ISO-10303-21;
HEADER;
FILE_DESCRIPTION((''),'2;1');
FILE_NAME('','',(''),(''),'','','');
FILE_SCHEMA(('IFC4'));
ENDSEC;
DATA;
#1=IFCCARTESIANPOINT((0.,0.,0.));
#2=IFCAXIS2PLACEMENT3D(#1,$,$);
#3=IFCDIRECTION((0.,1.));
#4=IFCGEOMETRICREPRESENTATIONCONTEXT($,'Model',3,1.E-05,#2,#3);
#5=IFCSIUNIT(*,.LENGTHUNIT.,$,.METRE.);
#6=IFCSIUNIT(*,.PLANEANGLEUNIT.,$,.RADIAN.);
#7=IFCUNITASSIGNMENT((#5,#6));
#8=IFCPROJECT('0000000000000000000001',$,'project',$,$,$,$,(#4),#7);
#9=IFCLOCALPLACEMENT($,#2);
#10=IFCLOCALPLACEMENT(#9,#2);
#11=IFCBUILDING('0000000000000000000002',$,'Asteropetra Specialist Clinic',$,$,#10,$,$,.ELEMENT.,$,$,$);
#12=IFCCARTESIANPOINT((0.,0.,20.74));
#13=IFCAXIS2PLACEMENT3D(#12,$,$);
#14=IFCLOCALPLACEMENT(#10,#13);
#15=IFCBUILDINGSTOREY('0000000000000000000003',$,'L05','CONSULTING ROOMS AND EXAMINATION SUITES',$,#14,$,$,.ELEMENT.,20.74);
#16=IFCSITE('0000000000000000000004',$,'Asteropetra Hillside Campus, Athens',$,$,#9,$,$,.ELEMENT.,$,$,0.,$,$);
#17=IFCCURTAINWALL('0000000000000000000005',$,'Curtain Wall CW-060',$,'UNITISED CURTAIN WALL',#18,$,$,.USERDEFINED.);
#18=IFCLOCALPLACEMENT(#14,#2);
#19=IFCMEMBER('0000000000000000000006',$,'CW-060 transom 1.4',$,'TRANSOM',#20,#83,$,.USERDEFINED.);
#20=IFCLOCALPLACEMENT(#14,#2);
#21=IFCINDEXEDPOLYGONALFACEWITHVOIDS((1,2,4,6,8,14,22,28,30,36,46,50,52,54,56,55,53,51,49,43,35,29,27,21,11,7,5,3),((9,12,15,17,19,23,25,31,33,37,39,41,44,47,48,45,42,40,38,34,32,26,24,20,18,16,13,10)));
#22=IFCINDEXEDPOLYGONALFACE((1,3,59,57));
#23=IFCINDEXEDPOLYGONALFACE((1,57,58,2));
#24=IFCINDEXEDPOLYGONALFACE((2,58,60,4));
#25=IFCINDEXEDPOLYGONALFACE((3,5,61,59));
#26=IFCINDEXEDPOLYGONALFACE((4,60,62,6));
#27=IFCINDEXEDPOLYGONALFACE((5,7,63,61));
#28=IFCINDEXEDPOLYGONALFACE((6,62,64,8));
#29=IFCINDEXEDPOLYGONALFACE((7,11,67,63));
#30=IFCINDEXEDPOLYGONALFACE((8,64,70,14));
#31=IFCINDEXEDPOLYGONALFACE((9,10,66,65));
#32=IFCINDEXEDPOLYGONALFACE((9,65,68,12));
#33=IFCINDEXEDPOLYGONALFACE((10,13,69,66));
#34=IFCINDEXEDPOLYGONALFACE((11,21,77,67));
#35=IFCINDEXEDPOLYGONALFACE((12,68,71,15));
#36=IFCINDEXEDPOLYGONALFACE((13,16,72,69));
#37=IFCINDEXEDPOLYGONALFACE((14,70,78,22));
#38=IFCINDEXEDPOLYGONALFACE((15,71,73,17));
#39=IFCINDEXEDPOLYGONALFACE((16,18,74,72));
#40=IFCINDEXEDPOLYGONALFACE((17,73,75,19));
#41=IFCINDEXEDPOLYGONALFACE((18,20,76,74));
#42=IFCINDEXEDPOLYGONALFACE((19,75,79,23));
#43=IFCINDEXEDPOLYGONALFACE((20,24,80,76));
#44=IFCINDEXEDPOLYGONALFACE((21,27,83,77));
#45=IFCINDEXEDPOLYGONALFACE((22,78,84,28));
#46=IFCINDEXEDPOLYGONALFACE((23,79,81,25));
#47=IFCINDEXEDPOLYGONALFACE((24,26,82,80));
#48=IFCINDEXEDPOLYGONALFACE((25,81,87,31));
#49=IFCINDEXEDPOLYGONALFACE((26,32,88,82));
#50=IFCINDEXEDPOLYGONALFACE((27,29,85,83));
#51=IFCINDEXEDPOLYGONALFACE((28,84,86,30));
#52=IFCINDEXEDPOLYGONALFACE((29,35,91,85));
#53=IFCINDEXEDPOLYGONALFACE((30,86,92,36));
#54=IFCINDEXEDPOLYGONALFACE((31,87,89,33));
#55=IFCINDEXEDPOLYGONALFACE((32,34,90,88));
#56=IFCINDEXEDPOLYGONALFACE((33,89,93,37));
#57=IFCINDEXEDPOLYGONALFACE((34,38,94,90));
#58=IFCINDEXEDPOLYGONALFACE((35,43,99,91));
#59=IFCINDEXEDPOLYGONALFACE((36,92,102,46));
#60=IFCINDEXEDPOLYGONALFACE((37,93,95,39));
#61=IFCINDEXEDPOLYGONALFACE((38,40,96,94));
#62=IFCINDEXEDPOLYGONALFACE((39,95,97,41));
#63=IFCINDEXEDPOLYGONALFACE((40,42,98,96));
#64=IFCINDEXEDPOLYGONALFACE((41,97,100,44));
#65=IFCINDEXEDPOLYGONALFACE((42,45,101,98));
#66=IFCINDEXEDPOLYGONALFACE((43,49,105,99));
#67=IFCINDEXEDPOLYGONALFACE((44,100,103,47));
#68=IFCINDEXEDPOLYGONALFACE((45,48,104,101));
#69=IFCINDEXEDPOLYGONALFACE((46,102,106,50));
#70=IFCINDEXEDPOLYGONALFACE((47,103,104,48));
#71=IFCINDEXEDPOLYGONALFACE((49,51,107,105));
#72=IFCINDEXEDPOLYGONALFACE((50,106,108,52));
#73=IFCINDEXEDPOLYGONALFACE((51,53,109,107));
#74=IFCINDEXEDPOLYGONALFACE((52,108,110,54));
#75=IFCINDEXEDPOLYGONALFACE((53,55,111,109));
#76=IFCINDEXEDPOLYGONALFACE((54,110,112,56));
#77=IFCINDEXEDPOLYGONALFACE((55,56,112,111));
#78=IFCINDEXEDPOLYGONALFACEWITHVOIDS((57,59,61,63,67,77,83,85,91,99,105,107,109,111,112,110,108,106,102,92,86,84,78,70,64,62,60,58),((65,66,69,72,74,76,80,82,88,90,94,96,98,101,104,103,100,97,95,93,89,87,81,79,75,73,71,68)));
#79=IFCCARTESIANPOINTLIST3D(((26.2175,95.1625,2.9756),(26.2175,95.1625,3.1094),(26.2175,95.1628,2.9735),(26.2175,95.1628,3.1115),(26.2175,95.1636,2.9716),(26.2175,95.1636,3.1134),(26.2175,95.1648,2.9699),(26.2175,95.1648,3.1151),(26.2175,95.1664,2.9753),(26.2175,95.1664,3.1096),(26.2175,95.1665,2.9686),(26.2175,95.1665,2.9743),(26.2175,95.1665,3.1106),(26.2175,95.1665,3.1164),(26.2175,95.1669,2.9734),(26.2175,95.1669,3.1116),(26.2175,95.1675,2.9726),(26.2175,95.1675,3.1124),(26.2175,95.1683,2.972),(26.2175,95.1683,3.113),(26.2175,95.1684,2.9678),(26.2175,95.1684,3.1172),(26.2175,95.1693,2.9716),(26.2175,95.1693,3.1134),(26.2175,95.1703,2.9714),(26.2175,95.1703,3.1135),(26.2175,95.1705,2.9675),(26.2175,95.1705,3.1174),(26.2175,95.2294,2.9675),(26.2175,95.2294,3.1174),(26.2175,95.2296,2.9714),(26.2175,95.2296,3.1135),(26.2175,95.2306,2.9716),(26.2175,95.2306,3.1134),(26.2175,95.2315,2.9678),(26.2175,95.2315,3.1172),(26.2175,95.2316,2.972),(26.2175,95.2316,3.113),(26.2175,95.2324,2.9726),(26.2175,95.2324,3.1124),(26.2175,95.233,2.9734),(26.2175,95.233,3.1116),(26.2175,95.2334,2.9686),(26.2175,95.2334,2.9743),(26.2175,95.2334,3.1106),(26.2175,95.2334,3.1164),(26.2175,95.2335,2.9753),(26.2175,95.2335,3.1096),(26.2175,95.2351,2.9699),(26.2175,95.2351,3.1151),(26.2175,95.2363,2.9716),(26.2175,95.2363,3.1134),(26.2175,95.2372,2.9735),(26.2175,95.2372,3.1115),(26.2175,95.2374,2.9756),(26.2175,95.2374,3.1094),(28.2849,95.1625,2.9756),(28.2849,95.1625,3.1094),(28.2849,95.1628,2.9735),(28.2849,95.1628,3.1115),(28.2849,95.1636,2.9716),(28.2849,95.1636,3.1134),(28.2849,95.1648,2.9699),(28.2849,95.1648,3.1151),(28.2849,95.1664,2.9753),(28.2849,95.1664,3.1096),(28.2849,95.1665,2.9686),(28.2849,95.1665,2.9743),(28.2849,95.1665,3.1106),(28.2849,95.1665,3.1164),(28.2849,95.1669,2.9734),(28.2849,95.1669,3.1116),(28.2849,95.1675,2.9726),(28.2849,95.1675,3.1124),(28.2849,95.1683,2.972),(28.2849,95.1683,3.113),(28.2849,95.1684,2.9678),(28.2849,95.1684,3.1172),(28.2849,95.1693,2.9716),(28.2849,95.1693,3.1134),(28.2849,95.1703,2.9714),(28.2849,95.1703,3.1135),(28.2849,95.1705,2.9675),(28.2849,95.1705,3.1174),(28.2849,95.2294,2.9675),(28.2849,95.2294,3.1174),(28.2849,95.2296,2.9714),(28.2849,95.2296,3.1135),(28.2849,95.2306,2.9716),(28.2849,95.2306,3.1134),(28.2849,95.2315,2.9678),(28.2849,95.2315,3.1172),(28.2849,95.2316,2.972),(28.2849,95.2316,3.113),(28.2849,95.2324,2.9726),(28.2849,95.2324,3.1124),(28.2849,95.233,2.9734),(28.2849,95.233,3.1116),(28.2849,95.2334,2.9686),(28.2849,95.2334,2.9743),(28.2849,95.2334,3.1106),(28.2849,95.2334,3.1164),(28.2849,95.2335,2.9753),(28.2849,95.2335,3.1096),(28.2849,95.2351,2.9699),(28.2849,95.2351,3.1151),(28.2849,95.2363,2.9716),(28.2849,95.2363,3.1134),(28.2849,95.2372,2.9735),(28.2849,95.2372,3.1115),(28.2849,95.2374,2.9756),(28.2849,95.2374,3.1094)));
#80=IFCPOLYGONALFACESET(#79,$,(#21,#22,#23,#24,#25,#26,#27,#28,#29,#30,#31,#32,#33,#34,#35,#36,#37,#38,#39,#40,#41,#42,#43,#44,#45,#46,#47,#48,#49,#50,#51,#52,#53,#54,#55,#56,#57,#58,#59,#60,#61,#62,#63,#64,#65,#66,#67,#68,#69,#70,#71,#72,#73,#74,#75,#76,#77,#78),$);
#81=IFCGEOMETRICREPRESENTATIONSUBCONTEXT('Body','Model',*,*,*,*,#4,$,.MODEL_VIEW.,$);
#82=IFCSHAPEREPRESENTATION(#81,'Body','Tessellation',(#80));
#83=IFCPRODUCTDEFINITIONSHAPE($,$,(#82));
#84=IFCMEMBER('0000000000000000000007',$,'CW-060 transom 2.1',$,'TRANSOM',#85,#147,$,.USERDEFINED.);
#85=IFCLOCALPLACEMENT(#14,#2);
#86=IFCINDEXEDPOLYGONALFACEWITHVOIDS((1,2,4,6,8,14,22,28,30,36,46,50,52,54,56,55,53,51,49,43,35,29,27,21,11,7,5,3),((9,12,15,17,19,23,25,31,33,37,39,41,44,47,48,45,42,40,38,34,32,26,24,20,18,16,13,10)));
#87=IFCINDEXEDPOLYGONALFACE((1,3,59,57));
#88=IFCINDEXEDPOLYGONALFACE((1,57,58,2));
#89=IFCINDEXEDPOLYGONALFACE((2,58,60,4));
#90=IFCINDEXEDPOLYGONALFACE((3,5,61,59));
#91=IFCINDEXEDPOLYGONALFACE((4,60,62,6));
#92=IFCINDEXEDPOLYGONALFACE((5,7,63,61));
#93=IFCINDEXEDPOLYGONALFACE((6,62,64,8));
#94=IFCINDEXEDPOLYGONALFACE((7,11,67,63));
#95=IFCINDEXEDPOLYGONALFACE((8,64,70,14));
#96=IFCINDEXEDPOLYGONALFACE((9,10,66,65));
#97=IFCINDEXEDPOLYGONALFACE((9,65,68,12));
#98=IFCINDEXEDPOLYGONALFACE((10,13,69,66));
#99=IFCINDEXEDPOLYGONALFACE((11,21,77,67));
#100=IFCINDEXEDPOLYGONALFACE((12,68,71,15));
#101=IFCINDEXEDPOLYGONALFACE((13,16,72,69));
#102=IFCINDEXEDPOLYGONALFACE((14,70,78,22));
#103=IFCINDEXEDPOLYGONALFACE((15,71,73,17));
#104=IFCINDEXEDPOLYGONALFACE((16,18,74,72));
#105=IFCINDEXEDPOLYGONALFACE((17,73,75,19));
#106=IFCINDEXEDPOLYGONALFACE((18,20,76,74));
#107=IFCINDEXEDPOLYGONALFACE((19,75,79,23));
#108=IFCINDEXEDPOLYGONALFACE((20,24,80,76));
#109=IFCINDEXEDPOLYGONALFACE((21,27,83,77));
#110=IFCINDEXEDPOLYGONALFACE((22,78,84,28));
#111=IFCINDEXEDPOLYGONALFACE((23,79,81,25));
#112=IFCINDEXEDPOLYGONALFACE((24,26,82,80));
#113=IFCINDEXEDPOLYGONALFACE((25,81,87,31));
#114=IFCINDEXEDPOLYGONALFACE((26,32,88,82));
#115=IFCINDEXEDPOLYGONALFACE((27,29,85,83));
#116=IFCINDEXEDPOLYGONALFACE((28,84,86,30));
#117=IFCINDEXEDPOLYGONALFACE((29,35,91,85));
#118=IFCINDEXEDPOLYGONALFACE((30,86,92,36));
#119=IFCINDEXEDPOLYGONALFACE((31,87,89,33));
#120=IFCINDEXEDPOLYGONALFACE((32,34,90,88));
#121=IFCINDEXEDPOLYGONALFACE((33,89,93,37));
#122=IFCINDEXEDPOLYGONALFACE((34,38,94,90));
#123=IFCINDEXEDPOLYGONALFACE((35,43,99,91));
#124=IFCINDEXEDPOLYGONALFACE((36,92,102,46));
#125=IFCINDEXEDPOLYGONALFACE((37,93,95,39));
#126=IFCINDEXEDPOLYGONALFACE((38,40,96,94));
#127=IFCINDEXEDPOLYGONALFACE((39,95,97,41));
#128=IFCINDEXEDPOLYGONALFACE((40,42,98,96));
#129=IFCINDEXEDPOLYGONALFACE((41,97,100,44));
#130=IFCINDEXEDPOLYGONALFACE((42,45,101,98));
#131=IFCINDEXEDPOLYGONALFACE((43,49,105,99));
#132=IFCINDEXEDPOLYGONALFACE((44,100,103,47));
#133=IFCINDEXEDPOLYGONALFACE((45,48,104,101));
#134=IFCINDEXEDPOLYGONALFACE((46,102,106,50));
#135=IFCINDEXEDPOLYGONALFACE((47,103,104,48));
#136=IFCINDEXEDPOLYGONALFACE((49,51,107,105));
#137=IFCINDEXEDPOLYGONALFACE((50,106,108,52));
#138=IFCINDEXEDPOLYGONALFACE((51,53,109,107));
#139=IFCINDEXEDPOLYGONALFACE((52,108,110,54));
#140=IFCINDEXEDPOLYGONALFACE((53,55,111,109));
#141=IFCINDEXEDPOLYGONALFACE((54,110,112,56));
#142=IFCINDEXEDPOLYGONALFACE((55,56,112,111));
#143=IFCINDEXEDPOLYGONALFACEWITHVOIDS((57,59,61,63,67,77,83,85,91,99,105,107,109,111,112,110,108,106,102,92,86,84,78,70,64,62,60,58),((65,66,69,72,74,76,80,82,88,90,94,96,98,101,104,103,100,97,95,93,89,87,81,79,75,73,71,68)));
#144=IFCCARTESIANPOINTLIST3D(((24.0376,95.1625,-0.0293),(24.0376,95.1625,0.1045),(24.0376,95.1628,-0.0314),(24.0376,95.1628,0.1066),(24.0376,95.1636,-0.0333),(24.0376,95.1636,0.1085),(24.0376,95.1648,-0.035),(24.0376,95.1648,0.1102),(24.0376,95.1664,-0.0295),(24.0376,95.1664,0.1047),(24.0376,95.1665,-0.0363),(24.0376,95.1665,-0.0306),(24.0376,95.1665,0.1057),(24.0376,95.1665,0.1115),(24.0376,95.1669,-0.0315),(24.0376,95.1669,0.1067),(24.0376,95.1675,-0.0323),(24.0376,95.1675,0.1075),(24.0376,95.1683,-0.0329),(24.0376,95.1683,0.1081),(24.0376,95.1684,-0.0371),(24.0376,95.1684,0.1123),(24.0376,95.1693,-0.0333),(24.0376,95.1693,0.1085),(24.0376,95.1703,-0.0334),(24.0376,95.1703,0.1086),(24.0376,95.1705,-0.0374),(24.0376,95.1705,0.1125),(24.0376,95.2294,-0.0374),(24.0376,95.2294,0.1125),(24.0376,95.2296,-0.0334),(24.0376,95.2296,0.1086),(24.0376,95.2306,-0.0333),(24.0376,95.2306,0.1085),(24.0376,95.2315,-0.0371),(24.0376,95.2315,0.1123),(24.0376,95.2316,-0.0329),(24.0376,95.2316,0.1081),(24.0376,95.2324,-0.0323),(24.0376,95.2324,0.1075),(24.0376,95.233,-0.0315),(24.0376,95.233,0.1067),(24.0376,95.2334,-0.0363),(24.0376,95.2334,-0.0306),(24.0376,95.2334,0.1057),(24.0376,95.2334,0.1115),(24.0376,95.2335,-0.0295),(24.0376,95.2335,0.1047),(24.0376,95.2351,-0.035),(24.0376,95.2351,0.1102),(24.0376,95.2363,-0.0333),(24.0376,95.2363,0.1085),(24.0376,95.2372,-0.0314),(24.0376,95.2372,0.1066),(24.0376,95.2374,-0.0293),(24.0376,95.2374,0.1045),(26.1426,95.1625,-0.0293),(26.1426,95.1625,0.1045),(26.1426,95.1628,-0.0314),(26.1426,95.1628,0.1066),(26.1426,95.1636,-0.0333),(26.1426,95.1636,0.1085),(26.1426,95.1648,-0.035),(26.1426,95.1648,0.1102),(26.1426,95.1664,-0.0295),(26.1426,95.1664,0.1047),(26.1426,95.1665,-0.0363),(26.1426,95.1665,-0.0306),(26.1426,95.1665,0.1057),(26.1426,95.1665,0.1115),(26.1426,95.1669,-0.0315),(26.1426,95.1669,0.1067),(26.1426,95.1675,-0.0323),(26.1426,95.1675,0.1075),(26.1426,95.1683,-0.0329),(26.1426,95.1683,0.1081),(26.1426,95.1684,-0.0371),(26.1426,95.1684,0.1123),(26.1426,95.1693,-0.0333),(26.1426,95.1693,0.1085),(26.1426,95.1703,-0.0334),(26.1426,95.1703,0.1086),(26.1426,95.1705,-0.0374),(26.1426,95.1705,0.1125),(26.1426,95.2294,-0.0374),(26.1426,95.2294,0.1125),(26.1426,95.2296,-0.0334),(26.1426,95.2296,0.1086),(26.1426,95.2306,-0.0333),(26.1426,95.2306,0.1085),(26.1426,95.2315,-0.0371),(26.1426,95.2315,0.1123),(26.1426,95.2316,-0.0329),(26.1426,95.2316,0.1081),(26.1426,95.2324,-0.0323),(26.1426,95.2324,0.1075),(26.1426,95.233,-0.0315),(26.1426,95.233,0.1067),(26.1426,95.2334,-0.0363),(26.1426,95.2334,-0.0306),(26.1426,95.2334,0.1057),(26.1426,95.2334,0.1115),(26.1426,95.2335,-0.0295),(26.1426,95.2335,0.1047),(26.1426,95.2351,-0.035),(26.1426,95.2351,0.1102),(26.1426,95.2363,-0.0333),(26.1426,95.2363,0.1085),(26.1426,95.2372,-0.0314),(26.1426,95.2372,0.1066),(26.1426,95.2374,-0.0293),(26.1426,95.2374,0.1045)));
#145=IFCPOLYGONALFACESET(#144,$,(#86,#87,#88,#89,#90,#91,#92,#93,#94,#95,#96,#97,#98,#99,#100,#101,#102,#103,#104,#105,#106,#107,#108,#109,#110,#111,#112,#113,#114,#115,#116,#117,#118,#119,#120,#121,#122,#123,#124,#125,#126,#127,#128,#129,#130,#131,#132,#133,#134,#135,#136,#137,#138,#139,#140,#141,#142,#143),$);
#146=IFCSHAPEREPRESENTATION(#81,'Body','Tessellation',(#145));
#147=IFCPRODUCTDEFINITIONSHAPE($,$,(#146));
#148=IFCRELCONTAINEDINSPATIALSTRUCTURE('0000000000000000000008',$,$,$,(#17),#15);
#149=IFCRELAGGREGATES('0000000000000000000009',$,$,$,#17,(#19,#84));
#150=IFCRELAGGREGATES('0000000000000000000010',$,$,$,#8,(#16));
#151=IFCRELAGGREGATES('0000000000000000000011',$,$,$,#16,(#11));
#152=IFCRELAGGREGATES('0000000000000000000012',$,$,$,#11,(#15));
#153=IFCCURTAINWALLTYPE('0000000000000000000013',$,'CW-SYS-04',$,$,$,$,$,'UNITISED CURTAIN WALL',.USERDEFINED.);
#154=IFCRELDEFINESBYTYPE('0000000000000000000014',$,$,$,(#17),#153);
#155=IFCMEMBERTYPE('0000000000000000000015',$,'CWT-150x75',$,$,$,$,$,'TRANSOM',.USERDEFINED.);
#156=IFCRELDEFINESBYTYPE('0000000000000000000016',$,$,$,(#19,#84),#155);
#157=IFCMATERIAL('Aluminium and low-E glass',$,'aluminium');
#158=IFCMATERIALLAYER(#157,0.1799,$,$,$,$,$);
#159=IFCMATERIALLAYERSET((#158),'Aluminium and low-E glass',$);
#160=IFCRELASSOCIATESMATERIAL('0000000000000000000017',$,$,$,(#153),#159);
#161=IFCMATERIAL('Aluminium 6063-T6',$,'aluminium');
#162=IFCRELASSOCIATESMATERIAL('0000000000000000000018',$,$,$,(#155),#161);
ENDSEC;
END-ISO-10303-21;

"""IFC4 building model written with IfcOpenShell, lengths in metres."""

from ifc_helpers import new_model, si_unit, direction, frame, origin, origin_2d, place, context, subcontext, project, spatial, hollow_rectangle, extrude, material, layer, layer_set, material_profile, profile_set, type_object, element, aggregate, save


model = new_model("IFC4")

# Units and contexts
model_context = context("Model", 3, precision=1e-05, world=origin(), true_north=direction((0.0, 1.0)))
body_context = subcontext(model_context, "Body", "Model", "MODEL_VIEW")
ifc_project = project(units=[si_unit("LENGTHUNIT", "METRE"), si_unit("PLANEANGLEUNIT", "RADIAN")], contexts=[model_context])

# Site, building, storey
site_placement = place(None, origin())
site = spatial("IfcSite", under=ifc_project, at=site_placement, Name="Asteropetra Hillside Campus, Athens", CompositionType="ELEMENT", RefElevation=0.0)
building_placement = place(site_placement, origin())
building = spatial("IfcBuilding", under=site, at=building_placement, Name="Asteropetra Specialist Clinic", CompositionType="ELEMENT")
storey_placement = place(building_placement, frame((0.0, 0.0, 20.74)))
storey = spatial("IfcBuildingStorey", under=building, at=storey_placement, Name="L05", Description="CONSULTING ROOMS AND EXAMINATION SUITES", CompositionType="ELEMENT", Elevation=20.74)

# Curtain wall, members
ifc_material_1 = material(Name="Aluminium and low-E glass", Category="aluminium")
ifc_layer_1 = layer(ifc_material_1, 0.1799)
ifc_layer_set_1 = layer_set([ifc_layer_1], Name="Aluminium and low-E glass")
curtain_wall_type_1 = type_object("IfcCurtainWallType", Name="CW-SYS-04", ElementType="UNITISED CURTAIN WALL", PredefinedType="USERDEFINED", material=ifc_layer_set_1)
curtain_wall_1_placement = place(storey_placement, origin())
curtain_wall_1 = element("IfcCurtainWall", 1, at=curtain_wall_1_placement, inside=storey, type_object=curtain_wall_type_1, Name="Curtain Wall CW-060", ObjectType="UNITISED CURTAIN WALL", PredefinedType="USERDEFINED")
ifc_material_2 = material(Name="Aluminium 6063-T6", Category="aluminium")
ifc_material_profile_1 = material_profile(ifc_material_2, hollow_rectangle(XDim=0.075, YDim=0.1499, WallThickness=0.0039, InnerFilletRadius=0.0039, OuterFilletRadius=0.0081, at=origin_2d()), Name="TRN 150x75x4.0")
ifc_profile_set_1 = profile_set([ifc_material_profile_1], Name="Aluminium 6063-T6")
member_type_1 = type_object("IfcMemberType", Name="CWT-150x75", ElementType="TRANSOM", PredefinedType="USERDEFINED", material=ifc_profile_set_1)
member_1_placement = place(storey_placement, frame((28.2849, 95.2, 3.0425), z_axis=(-1.0, 0.0, 0.0), x_axis=(0.0, -1.0, 0.0)))
member_1 = element("IfcMember", 2, at=member_1_placement, type_object=member_type_1, Name="CW-060 transom 1.4", ObjectType="TRANSOM", PredefinedType="USERDEFINED", context=body_context, shape_type="SweptSolid", body=[
    extrude(hollow_rectangle(XDim=0.075, YDim=0.1499, WallThickness=0.0039, InnerFilletRadius=0.0039, OuterFilletRadius=0.0081, at=origin_2d()), origin(), (0.0, 0.0, 1.0), 2.0674),
])
member_2_placement = place(storey_placement, frame((26.1426, 95.2, 0.0376), z_axis=(-1.0, 0.0, 0.0), x_axis=(0.0, -1.0, 0.0)))
member_2 = element("IfcMember", 3, at=member_2_placement, type_object=member_type_1, Name="CW-060 transom 2.1", ObjectType="TRANSOM", PredefinedType="USERDEFINED", context=body_context, shape_type="SweptSolid", body=[
    extrude(hollow_rectangle(XDim=0.075, YDim=0.1499, WallThickness=0.0039, InnerFilletRadius=0.0039, OuterFilletRadius=0.0081, at=origin_2d()), origin(), (0.0, 0.0, 1.0), 2.105),
])
aggregate(curtain_wall_1, [member_1, member_2])

save(model, "model.ifc")
